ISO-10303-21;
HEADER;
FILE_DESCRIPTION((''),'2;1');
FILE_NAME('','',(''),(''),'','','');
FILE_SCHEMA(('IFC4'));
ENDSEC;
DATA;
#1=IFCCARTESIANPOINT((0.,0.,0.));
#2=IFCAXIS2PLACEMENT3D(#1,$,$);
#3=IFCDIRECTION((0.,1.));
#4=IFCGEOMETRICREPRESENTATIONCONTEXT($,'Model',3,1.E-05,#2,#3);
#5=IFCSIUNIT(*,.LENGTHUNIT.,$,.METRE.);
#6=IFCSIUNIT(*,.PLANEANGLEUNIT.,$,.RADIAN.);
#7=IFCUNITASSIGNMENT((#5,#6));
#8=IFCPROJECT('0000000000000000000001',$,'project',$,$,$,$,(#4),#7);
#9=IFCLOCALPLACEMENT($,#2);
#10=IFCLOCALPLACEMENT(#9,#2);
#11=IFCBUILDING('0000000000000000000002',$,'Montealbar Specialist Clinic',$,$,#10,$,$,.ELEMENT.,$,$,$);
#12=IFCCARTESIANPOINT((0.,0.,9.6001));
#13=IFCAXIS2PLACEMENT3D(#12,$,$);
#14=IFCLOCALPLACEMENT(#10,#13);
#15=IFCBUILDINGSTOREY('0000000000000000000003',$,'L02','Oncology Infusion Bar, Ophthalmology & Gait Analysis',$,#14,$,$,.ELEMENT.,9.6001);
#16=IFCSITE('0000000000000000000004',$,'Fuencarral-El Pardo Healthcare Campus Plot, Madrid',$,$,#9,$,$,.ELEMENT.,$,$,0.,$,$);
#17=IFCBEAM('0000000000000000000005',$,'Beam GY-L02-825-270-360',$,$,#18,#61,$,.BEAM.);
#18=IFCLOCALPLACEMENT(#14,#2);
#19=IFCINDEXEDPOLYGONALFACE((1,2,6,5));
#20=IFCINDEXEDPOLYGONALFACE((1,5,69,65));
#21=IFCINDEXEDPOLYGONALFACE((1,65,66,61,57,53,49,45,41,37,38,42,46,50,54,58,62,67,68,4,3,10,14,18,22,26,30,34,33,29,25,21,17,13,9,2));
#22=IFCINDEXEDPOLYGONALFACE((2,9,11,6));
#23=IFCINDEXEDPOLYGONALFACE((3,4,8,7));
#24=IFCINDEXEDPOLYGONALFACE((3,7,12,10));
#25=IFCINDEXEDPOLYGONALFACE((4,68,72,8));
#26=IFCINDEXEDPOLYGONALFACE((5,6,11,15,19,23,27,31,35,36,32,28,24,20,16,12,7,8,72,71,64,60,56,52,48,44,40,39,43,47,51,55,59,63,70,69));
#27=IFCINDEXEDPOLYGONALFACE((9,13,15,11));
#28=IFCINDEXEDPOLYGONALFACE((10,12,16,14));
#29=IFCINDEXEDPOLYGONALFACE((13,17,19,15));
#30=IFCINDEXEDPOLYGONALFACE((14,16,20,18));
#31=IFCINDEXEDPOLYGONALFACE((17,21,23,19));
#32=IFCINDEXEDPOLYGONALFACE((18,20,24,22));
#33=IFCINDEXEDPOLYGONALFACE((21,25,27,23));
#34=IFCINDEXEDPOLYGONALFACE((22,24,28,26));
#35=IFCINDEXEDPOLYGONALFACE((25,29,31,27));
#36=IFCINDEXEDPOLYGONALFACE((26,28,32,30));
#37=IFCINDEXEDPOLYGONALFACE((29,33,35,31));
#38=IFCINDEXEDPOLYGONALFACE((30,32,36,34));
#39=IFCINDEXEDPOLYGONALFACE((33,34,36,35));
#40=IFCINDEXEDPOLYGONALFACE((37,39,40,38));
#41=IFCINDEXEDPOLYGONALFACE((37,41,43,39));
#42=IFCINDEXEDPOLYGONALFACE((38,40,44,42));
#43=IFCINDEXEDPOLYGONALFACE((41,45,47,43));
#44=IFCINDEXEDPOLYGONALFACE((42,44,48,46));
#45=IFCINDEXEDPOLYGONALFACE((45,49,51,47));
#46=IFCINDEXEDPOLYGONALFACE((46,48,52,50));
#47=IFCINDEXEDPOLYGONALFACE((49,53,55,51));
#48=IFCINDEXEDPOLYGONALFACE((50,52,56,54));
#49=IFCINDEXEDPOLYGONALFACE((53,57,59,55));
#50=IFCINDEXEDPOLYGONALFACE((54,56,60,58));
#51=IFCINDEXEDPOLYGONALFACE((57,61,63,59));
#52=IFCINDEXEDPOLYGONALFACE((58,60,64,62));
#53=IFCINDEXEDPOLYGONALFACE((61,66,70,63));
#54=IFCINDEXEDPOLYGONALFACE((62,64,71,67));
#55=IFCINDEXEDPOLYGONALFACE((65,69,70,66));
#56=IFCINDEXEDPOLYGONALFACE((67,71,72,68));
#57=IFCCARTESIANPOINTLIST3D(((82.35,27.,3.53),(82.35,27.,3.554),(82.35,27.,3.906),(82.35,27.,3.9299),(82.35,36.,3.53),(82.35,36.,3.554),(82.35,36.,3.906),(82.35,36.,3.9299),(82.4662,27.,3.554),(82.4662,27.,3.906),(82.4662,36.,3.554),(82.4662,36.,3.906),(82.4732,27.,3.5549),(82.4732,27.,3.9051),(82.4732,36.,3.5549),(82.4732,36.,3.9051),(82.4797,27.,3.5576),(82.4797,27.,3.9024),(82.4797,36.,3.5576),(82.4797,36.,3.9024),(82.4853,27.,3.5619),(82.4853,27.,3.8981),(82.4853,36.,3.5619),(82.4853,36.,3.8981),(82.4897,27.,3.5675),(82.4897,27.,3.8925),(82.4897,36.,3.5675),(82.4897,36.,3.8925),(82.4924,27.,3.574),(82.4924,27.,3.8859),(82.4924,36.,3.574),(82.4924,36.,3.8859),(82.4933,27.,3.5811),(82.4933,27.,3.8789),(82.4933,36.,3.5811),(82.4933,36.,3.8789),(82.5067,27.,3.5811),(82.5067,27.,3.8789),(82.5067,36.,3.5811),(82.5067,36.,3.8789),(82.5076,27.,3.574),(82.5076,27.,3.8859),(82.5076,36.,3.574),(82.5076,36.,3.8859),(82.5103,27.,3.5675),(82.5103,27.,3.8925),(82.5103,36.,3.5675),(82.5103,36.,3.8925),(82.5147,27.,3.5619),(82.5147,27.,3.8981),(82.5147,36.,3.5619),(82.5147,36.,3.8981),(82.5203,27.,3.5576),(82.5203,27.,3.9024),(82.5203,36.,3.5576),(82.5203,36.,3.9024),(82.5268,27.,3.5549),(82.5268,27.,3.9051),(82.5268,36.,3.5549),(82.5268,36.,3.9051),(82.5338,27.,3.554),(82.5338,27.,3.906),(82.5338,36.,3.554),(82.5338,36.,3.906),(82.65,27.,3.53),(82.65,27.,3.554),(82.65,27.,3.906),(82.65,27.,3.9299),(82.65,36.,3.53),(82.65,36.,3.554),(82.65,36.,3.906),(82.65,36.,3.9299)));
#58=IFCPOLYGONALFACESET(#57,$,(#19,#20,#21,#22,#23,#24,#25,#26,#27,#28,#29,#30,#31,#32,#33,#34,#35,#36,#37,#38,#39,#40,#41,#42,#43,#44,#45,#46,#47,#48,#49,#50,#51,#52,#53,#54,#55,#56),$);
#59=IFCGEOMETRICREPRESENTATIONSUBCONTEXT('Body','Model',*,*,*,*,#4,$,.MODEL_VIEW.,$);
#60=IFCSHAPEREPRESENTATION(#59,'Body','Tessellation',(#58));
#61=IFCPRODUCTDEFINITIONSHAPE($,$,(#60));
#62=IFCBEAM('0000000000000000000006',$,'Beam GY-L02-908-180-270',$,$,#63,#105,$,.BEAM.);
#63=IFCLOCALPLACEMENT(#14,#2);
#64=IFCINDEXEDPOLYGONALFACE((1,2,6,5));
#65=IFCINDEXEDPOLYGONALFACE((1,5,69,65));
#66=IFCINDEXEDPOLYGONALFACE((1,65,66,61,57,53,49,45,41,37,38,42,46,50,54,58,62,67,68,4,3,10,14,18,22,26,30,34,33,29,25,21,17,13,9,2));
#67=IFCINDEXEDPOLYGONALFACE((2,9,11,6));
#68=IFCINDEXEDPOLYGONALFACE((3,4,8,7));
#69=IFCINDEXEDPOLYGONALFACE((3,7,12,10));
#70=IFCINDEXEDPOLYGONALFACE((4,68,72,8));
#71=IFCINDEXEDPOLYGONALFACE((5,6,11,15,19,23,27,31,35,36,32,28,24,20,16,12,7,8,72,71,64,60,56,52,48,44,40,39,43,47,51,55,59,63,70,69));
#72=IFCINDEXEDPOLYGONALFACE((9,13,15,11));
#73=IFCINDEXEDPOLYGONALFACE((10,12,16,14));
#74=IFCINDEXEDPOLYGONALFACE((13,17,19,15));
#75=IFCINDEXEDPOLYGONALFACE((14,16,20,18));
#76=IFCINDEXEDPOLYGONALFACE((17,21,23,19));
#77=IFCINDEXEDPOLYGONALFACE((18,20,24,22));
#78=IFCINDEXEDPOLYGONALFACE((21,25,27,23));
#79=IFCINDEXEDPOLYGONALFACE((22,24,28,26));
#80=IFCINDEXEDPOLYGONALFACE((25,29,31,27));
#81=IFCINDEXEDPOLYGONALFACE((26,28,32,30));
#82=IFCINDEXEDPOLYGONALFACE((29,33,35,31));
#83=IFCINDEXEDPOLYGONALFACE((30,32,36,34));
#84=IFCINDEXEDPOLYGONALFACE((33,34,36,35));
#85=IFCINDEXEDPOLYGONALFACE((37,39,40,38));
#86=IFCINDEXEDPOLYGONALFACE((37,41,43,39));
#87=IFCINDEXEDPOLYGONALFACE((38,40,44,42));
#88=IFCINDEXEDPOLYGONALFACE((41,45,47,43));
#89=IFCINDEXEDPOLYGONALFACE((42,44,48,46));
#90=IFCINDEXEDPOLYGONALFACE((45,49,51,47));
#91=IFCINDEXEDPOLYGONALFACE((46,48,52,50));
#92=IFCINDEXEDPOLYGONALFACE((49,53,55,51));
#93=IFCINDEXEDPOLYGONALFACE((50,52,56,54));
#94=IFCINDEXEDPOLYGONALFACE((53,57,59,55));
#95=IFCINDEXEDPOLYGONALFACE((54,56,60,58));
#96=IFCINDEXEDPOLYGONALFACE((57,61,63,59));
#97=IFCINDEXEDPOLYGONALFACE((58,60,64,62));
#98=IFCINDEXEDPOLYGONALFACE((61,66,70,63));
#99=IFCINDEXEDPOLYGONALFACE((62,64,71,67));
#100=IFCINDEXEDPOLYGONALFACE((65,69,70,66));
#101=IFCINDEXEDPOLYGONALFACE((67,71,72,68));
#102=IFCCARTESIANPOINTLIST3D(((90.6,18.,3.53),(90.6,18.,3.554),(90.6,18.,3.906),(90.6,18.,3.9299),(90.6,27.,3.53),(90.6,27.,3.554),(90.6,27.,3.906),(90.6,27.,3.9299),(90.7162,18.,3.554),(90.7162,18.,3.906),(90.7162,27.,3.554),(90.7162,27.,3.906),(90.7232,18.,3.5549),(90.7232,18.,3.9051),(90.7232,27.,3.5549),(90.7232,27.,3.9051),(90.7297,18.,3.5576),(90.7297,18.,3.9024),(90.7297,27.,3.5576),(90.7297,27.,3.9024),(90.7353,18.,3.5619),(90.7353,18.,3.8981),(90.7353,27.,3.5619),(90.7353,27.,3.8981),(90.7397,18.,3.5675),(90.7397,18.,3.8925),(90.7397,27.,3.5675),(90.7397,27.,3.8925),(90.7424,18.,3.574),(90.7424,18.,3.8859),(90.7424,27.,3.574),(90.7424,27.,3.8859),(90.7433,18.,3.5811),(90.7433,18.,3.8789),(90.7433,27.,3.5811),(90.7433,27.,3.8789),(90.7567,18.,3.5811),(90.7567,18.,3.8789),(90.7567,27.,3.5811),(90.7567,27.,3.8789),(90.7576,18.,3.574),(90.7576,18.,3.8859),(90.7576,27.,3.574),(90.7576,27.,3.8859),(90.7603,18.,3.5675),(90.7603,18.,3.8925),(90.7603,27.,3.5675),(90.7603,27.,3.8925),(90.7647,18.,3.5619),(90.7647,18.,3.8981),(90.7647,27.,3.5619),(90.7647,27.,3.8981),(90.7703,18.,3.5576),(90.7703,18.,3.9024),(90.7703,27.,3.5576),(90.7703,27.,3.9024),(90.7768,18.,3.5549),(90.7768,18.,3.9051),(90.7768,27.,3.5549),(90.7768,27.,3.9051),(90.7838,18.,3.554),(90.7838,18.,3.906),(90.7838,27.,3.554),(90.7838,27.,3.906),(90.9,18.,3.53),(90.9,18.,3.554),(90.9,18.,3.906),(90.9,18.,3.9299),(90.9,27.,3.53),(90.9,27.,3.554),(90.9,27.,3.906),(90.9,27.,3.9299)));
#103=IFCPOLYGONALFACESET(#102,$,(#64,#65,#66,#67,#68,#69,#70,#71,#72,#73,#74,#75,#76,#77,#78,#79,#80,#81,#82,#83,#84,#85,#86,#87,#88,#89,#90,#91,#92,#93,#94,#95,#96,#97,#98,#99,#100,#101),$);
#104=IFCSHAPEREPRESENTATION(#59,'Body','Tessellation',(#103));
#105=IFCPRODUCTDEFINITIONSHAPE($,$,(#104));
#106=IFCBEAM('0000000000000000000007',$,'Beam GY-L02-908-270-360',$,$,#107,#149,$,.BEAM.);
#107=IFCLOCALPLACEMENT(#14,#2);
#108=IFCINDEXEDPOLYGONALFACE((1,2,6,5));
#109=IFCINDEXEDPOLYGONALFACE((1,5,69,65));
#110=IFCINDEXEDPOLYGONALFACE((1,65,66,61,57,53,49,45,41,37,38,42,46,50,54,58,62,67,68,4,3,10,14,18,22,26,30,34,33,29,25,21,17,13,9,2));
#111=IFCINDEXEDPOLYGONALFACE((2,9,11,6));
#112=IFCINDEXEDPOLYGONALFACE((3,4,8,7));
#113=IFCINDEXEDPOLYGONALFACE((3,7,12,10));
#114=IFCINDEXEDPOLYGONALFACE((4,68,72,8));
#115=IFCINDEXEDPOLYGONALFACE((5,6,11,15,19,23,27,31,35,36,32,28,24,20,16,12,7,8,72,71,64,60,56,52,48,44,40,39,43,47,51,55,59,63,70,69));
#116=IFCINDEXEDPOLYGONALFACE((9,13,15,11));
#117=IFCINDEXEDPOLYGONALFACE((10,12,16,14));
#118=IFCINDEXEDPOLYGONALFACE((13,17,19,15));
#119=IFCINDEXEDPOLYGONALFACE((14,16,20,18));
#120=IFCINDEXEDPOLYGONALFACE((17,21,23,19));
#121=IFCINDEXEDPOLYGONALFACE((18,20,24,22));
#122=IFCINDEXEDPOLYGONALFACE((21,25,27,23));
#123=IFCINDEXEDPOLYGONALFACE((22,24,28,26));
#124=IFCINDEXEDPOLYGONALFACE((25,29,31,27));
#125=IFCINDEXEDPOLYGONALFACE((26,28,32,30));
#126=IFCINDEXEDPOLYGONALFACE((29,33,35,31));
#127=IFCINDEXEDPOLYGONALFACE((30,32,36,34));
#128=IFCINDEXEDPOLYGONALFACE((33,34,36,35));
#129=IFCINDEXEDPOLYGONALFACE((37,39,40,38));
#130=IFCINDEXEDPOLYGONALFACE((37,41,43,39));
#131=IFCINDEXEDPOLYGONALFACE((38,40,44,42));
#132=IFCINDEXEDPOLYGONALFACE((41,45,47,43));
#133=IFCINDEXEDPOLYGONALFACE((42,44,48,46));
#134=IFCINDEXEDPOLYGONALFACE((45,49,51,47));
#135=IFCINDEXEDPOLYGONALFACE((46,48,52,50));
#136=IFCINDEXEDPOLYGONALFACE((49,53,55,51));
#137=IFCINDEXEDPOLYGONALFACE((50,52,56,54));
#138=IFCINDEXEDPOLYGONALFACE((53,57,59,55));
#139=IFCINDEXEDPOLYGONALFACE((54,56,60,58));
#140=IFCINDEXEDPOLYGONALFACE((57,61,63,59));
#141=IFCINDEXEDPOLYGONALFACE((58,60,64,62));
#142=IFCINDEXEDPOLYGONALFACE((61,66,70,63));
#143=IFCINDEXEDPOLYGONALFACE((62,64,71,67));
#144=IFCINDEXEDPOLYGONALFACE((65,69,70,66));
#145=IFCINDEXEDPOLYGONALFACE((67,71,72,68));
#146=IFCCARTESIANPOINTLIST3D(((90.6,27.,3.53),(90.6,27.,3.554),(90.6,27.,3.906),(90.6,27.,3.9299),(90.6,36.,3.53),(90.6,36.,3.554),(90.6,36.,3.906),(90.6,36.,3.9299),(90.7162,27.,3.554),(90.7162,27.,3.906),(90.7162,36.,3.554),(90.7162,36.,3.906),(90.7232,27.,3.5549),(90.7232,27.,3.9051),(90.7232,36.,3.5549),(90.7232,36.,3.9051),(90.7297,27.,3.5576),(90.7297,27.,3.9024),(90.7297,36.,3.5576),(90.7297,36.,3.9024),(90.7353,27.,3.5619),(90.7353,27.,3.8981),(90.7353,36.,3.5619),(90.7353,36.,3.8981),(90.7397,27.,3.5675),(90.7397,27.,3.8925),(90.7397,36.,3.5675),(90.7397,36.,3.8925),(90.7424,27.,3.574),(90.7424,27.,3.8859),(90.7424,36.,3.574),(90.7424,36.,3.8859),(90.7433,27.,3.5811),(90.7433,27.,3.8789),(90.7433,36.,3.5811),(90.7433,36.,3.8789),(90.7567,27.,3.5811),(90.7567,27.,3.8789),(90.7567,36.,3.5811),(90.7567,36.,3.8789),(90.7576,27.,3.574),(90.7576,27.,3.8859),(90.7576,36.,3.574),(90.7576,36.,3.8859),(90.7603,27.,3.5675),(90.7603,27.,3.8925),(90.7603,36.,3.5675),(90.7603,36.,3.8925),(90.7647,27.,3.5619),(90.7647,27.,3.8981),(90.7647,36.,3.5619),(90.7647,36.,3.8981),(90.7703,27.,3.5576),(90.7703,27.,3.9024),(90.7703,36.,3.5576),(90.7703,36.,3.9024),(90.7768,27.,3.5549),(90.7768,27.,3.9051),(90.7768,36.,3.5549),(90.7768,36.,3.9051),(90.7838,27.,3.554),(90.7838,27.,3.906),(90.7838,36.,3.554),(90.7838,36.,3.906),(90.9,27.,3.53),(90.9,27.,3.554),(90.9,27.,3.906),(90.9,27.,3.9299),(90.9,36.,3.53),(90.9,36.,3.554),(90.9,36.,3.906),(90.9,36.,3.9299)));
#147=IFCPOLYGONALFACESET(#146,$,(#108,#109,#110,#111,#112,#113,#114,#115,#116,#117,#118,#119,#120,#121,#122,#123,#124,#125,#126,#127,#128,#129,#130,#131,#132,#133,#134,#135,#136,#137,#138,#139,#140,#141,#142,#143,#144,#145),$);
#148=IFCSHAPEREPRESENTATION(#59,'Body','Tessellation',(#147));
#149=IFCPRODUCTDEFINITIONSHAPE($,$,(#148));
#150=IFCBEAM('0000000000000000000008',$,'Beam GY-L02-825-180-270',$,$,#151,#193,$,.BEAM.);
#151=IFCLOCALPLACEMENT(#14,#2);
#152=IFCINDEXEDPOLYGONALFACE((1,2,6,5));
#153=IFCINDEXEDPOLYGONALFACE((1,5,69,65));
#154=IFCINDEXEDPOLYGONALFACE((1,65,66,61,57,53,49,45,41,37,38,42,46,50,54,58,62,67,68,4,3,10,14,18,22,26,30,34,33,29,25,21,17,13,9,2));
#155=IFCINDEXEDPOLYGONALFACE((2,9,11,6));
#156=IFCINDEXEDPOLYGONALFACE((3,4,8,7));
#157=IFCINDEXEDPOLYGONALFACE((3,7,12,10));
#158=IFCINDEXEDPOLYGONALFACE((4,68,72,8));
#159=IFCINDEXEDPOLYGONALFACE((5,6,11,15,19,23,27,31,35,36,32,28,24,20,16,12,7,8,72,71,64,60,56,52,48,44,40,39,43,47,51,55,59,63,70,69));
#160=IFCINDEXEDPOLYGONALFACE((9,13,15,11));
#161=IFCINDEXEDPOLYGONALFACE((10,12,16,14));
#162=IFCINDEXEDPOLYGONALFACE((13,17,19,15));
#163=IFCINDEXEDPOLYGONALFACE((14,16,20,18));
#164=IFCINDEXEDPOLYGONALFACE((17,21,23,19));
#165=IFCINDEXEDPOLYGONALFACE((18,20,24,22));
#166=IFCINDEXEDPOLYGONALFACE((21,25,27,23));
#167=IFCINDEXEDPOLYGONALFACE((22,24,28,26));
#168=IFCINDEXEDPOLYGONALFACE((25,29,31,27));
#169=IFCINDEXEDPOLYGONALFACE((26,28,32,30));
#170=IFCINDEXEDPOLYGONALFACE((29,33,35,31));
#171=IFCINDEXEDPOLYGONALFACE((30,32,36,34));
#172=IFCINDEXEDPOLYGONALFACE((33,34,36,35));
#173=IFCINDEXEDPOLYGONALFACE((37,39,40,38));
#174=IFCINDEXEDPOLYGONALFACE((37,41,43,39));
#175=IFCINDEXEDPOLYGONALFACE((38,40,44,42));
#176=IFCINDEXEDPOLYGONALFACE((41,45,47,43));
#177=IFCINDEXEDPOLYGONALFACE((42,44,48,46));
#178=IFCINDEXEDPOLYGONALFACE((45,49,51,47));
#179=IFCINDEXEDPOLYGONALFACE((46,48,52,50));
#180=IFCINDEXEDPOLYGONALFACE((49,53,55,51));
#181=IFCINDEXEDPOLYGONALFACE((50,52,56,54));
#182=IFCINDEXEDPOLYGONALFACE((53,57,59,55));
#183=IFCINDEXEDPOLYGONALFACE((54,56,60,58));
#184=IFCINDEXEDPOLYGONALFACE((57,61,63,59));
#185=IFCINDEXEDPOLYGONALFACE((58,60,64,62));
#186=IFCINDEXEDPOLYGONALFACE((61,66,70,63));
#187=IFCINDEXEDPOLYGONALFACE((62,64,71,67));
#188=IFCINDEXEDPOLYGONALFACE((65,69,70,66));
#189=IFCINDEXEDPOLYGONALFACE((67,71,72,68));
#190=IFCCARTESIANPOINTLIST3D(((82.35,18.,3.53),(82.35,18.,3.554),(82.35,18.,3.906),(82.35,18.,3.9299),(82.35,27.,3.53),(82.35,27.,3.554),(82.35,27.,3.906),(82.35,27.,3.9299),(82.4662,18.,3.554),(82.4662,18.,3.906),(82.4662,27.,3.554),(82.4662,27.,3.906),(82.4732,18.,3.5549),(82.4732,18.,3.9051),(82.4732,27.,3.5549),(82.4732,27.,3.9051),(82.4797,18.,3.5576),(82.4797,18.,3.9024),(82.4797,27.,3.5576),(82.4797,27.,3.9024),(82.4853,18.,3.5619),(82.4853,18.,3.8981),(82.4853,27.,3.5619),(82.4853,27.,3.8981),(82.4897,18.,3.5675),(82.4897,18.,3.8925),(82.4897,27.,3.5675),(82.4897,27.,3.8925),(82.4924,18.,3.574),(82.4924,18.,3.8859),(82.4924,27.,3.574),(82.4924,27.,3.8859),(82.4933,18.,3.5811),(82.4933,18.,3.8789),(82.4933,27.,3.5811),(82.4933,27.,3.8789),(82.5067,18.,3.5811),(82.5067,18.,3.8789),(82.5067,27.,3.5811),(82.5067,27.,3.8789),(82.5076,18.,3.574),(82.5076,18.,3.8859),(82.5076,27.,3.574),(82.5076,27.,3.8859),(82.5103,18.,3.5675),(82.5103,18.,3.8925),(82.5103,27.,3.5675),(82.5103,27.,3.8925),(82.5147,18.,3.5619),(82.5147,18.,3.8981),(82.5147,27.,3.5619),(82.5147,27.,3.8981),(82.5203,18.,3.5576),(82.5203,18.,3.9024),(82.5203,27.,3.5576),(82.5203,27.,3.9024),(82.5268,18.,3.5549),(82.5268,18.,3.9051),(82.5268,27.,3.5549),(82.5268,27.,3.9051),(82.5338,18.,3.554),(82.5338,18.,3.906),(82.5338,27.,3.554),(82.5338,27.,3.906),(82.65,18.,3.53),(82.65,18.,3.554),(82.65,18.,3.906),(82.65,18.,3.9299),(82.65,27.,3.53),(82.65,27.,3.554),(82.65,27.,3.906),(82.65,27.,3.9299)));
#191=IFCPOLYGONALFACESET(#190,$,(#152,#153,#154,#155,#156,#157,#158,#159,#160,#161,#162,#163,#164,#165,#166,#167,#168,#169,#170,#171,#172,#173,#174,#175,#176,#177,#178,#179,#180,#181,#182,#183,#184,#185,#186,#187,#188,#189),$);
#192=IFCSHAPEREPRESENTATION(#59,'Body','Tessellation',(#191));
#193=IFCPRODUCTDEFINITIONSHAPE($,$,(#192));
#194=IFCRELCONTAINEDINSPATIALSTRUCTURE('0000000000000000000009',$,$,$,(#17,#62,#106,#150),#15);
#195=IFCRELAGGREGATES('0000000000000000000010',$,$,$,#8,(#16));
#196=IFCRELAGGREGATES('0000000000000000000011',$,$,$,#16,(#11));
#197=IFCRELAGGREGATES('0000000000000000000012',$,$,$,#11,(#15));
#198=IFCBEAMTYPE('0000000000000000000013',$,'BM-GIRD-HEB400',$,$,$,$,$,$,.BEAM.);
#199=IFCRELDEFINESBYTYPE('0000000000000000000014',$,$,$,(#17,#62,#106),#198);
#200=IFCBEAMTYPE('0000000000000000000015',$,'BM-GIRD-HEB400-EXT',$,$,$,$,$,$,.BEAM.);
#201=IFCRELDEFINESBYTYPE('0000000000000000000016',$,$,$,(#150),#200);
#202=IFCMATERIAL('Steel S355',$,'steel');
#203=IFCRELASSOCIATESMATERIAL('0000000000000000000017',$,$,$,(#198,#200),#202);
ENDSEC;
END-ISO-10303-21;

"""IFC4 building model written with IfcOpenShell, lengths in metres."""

from ifc_helpers import new_model, si_unit, direction, frame, origin, origin_2d, place, context, subcontext, project, spatial, i_section, extrude, material, material_profile, profile_set, type_object, element, save


model = new_model("IFC4")

# Units and contexts
model_context = context("Model", 3, precision=1e-05, world=origin(), true_north=direction((0.0, 1.0)))
body_context = subcontext(model_context, "Body", "Model", "MODEL_VIEW")
ifc_project = project(units=[si_unit("LENGTHUNIT", "METRE"), si_unit("PLANEANGLEUNIT", "RADIAN")], contexts=[model_context])

# Site, building, storey
site_placement = place(None, origin())
site = spatial("IfcSite", under=ifc_project, at=site_placement, Name="Fuencarral-El Pardo Healthcare Campus Plot, Madrid", CompositionType="ELEMENT", RefElevation=0.0)
building_placement = place(site_placement, origin())
building = spatial("IfcBuilding", under=site, at=building_placement, Name="Montealbar Specialist Clinic", CompositionType="ELEMENT")
storey_placement = place(building_placement, frame((0.0, 0.0, 9.6001)))
storey = spatial("IfcBuildingStorey", under=building, at=storey_placement, Name="L02", Description="Oncology Infusion Bar, Ophthalmology & Gait Analysis", CompositionType="ELEMENT", Elevation=9.6001)

# Shared definitions
ifc_material_1 = material(Name="Steel S355", Category="steel")

# Beams
ifc_material_profile_1 = material_profile(ifc_material_1, i_section(OverallWidth=0.3, OverallDepth=0.3999, WebThickness=0.0134, FlangeThickness=0.0239, FilletRadius=0.0271, at=origin_2d()), Name="HEB 400", Category="steel")
ifc_profile_set_1 = profile_set([ifc_material_profile_1], Name="Steel S355")
beam_type_1 = type_object("IfcBeamType", Name="BM-GIRD-HEB400", PredefinedType="BEAM", material=ifc_profile_set_1)
for number, where, z_axis, x_axis, name in (
    (1, (82.5, 27.0, 3.73), (0.0, 1.0, 0.0), (-1.0, 0.0, 0.0), "Beam GY-L02-825-270-360"),
    (2, (90.75, 18.0, 3.73), (0.0, 1.0, 0.0), (-1.0, 0.0, 0.0), "Beam GY-L02-908-180-270"),
    (3, (90.75, 27.0, 3.73), (0.0, 1.0, 0.0), (-1.0, 0.0, 0.0), "Beam GY-L02-908-270-360"),
):
    element("IfcBeam", number, at=place(storey_placement, frame(where, z_axis=z_axis, x_axis=x_axis)), inside=storey, type_object=beam_type_1, Name=name, PredefinedType="BEAM", context=body_context, shape_type="SweptSolid", body=[
        extrude(i_section(OverallWidth=0.3, OverallDepth=0.3999, WebThickness=0.0134, FlangeThickness=0.0239, FilletRadius=0.0271, at=origin_2d()), origin(), (0.0, 0.0, 1.0), 9.0),
    ])
ifc_material_profile_2 = material_profile(ifc_material_1, i_section(OverallWidth=0.3, OverallDepth=0.3999, WebThickness=0.0134, FlangeThickness=0.0239, FilletRadius=0.0271, at=origin_2d()), Name="HEB 400", Category="steel")
ifc_profile_set_2 = profile_set([ifc_material_profile_2], Name="Steel S355")
beam_type_2 = type_object("IfcBeamType", Name="BM-GIRD-HEB400-EXT", PredefinedType="BEAM", material=ifc_profile_set_2)
beam_1_placement = place(storey_placement, frame((82.5, 18.0, 3.73), z_axis=(0.0, 1.0, 0.0), x_axis=(-1.0, 0.0, 0.0)))
element("IfcBeam", 4, at=beam_1_placement, inside=storey, type_object=beam_type_2, Name="Beam GY-L02-825-180-270", PredefinedType="BEAM", context=body_context, shape_type="SweptSolid", body=[
    extrude(i_section(OverallWidth=0.3, OverallDepth=0.3999, WebThickness=0.0134, FlangeThickness=0.0239, FilletRadius=0.0271, at=origin_2d()), origin(), (0.0, 0.0, 1.0), 9.0),
])

save(model, "model.ifc")
